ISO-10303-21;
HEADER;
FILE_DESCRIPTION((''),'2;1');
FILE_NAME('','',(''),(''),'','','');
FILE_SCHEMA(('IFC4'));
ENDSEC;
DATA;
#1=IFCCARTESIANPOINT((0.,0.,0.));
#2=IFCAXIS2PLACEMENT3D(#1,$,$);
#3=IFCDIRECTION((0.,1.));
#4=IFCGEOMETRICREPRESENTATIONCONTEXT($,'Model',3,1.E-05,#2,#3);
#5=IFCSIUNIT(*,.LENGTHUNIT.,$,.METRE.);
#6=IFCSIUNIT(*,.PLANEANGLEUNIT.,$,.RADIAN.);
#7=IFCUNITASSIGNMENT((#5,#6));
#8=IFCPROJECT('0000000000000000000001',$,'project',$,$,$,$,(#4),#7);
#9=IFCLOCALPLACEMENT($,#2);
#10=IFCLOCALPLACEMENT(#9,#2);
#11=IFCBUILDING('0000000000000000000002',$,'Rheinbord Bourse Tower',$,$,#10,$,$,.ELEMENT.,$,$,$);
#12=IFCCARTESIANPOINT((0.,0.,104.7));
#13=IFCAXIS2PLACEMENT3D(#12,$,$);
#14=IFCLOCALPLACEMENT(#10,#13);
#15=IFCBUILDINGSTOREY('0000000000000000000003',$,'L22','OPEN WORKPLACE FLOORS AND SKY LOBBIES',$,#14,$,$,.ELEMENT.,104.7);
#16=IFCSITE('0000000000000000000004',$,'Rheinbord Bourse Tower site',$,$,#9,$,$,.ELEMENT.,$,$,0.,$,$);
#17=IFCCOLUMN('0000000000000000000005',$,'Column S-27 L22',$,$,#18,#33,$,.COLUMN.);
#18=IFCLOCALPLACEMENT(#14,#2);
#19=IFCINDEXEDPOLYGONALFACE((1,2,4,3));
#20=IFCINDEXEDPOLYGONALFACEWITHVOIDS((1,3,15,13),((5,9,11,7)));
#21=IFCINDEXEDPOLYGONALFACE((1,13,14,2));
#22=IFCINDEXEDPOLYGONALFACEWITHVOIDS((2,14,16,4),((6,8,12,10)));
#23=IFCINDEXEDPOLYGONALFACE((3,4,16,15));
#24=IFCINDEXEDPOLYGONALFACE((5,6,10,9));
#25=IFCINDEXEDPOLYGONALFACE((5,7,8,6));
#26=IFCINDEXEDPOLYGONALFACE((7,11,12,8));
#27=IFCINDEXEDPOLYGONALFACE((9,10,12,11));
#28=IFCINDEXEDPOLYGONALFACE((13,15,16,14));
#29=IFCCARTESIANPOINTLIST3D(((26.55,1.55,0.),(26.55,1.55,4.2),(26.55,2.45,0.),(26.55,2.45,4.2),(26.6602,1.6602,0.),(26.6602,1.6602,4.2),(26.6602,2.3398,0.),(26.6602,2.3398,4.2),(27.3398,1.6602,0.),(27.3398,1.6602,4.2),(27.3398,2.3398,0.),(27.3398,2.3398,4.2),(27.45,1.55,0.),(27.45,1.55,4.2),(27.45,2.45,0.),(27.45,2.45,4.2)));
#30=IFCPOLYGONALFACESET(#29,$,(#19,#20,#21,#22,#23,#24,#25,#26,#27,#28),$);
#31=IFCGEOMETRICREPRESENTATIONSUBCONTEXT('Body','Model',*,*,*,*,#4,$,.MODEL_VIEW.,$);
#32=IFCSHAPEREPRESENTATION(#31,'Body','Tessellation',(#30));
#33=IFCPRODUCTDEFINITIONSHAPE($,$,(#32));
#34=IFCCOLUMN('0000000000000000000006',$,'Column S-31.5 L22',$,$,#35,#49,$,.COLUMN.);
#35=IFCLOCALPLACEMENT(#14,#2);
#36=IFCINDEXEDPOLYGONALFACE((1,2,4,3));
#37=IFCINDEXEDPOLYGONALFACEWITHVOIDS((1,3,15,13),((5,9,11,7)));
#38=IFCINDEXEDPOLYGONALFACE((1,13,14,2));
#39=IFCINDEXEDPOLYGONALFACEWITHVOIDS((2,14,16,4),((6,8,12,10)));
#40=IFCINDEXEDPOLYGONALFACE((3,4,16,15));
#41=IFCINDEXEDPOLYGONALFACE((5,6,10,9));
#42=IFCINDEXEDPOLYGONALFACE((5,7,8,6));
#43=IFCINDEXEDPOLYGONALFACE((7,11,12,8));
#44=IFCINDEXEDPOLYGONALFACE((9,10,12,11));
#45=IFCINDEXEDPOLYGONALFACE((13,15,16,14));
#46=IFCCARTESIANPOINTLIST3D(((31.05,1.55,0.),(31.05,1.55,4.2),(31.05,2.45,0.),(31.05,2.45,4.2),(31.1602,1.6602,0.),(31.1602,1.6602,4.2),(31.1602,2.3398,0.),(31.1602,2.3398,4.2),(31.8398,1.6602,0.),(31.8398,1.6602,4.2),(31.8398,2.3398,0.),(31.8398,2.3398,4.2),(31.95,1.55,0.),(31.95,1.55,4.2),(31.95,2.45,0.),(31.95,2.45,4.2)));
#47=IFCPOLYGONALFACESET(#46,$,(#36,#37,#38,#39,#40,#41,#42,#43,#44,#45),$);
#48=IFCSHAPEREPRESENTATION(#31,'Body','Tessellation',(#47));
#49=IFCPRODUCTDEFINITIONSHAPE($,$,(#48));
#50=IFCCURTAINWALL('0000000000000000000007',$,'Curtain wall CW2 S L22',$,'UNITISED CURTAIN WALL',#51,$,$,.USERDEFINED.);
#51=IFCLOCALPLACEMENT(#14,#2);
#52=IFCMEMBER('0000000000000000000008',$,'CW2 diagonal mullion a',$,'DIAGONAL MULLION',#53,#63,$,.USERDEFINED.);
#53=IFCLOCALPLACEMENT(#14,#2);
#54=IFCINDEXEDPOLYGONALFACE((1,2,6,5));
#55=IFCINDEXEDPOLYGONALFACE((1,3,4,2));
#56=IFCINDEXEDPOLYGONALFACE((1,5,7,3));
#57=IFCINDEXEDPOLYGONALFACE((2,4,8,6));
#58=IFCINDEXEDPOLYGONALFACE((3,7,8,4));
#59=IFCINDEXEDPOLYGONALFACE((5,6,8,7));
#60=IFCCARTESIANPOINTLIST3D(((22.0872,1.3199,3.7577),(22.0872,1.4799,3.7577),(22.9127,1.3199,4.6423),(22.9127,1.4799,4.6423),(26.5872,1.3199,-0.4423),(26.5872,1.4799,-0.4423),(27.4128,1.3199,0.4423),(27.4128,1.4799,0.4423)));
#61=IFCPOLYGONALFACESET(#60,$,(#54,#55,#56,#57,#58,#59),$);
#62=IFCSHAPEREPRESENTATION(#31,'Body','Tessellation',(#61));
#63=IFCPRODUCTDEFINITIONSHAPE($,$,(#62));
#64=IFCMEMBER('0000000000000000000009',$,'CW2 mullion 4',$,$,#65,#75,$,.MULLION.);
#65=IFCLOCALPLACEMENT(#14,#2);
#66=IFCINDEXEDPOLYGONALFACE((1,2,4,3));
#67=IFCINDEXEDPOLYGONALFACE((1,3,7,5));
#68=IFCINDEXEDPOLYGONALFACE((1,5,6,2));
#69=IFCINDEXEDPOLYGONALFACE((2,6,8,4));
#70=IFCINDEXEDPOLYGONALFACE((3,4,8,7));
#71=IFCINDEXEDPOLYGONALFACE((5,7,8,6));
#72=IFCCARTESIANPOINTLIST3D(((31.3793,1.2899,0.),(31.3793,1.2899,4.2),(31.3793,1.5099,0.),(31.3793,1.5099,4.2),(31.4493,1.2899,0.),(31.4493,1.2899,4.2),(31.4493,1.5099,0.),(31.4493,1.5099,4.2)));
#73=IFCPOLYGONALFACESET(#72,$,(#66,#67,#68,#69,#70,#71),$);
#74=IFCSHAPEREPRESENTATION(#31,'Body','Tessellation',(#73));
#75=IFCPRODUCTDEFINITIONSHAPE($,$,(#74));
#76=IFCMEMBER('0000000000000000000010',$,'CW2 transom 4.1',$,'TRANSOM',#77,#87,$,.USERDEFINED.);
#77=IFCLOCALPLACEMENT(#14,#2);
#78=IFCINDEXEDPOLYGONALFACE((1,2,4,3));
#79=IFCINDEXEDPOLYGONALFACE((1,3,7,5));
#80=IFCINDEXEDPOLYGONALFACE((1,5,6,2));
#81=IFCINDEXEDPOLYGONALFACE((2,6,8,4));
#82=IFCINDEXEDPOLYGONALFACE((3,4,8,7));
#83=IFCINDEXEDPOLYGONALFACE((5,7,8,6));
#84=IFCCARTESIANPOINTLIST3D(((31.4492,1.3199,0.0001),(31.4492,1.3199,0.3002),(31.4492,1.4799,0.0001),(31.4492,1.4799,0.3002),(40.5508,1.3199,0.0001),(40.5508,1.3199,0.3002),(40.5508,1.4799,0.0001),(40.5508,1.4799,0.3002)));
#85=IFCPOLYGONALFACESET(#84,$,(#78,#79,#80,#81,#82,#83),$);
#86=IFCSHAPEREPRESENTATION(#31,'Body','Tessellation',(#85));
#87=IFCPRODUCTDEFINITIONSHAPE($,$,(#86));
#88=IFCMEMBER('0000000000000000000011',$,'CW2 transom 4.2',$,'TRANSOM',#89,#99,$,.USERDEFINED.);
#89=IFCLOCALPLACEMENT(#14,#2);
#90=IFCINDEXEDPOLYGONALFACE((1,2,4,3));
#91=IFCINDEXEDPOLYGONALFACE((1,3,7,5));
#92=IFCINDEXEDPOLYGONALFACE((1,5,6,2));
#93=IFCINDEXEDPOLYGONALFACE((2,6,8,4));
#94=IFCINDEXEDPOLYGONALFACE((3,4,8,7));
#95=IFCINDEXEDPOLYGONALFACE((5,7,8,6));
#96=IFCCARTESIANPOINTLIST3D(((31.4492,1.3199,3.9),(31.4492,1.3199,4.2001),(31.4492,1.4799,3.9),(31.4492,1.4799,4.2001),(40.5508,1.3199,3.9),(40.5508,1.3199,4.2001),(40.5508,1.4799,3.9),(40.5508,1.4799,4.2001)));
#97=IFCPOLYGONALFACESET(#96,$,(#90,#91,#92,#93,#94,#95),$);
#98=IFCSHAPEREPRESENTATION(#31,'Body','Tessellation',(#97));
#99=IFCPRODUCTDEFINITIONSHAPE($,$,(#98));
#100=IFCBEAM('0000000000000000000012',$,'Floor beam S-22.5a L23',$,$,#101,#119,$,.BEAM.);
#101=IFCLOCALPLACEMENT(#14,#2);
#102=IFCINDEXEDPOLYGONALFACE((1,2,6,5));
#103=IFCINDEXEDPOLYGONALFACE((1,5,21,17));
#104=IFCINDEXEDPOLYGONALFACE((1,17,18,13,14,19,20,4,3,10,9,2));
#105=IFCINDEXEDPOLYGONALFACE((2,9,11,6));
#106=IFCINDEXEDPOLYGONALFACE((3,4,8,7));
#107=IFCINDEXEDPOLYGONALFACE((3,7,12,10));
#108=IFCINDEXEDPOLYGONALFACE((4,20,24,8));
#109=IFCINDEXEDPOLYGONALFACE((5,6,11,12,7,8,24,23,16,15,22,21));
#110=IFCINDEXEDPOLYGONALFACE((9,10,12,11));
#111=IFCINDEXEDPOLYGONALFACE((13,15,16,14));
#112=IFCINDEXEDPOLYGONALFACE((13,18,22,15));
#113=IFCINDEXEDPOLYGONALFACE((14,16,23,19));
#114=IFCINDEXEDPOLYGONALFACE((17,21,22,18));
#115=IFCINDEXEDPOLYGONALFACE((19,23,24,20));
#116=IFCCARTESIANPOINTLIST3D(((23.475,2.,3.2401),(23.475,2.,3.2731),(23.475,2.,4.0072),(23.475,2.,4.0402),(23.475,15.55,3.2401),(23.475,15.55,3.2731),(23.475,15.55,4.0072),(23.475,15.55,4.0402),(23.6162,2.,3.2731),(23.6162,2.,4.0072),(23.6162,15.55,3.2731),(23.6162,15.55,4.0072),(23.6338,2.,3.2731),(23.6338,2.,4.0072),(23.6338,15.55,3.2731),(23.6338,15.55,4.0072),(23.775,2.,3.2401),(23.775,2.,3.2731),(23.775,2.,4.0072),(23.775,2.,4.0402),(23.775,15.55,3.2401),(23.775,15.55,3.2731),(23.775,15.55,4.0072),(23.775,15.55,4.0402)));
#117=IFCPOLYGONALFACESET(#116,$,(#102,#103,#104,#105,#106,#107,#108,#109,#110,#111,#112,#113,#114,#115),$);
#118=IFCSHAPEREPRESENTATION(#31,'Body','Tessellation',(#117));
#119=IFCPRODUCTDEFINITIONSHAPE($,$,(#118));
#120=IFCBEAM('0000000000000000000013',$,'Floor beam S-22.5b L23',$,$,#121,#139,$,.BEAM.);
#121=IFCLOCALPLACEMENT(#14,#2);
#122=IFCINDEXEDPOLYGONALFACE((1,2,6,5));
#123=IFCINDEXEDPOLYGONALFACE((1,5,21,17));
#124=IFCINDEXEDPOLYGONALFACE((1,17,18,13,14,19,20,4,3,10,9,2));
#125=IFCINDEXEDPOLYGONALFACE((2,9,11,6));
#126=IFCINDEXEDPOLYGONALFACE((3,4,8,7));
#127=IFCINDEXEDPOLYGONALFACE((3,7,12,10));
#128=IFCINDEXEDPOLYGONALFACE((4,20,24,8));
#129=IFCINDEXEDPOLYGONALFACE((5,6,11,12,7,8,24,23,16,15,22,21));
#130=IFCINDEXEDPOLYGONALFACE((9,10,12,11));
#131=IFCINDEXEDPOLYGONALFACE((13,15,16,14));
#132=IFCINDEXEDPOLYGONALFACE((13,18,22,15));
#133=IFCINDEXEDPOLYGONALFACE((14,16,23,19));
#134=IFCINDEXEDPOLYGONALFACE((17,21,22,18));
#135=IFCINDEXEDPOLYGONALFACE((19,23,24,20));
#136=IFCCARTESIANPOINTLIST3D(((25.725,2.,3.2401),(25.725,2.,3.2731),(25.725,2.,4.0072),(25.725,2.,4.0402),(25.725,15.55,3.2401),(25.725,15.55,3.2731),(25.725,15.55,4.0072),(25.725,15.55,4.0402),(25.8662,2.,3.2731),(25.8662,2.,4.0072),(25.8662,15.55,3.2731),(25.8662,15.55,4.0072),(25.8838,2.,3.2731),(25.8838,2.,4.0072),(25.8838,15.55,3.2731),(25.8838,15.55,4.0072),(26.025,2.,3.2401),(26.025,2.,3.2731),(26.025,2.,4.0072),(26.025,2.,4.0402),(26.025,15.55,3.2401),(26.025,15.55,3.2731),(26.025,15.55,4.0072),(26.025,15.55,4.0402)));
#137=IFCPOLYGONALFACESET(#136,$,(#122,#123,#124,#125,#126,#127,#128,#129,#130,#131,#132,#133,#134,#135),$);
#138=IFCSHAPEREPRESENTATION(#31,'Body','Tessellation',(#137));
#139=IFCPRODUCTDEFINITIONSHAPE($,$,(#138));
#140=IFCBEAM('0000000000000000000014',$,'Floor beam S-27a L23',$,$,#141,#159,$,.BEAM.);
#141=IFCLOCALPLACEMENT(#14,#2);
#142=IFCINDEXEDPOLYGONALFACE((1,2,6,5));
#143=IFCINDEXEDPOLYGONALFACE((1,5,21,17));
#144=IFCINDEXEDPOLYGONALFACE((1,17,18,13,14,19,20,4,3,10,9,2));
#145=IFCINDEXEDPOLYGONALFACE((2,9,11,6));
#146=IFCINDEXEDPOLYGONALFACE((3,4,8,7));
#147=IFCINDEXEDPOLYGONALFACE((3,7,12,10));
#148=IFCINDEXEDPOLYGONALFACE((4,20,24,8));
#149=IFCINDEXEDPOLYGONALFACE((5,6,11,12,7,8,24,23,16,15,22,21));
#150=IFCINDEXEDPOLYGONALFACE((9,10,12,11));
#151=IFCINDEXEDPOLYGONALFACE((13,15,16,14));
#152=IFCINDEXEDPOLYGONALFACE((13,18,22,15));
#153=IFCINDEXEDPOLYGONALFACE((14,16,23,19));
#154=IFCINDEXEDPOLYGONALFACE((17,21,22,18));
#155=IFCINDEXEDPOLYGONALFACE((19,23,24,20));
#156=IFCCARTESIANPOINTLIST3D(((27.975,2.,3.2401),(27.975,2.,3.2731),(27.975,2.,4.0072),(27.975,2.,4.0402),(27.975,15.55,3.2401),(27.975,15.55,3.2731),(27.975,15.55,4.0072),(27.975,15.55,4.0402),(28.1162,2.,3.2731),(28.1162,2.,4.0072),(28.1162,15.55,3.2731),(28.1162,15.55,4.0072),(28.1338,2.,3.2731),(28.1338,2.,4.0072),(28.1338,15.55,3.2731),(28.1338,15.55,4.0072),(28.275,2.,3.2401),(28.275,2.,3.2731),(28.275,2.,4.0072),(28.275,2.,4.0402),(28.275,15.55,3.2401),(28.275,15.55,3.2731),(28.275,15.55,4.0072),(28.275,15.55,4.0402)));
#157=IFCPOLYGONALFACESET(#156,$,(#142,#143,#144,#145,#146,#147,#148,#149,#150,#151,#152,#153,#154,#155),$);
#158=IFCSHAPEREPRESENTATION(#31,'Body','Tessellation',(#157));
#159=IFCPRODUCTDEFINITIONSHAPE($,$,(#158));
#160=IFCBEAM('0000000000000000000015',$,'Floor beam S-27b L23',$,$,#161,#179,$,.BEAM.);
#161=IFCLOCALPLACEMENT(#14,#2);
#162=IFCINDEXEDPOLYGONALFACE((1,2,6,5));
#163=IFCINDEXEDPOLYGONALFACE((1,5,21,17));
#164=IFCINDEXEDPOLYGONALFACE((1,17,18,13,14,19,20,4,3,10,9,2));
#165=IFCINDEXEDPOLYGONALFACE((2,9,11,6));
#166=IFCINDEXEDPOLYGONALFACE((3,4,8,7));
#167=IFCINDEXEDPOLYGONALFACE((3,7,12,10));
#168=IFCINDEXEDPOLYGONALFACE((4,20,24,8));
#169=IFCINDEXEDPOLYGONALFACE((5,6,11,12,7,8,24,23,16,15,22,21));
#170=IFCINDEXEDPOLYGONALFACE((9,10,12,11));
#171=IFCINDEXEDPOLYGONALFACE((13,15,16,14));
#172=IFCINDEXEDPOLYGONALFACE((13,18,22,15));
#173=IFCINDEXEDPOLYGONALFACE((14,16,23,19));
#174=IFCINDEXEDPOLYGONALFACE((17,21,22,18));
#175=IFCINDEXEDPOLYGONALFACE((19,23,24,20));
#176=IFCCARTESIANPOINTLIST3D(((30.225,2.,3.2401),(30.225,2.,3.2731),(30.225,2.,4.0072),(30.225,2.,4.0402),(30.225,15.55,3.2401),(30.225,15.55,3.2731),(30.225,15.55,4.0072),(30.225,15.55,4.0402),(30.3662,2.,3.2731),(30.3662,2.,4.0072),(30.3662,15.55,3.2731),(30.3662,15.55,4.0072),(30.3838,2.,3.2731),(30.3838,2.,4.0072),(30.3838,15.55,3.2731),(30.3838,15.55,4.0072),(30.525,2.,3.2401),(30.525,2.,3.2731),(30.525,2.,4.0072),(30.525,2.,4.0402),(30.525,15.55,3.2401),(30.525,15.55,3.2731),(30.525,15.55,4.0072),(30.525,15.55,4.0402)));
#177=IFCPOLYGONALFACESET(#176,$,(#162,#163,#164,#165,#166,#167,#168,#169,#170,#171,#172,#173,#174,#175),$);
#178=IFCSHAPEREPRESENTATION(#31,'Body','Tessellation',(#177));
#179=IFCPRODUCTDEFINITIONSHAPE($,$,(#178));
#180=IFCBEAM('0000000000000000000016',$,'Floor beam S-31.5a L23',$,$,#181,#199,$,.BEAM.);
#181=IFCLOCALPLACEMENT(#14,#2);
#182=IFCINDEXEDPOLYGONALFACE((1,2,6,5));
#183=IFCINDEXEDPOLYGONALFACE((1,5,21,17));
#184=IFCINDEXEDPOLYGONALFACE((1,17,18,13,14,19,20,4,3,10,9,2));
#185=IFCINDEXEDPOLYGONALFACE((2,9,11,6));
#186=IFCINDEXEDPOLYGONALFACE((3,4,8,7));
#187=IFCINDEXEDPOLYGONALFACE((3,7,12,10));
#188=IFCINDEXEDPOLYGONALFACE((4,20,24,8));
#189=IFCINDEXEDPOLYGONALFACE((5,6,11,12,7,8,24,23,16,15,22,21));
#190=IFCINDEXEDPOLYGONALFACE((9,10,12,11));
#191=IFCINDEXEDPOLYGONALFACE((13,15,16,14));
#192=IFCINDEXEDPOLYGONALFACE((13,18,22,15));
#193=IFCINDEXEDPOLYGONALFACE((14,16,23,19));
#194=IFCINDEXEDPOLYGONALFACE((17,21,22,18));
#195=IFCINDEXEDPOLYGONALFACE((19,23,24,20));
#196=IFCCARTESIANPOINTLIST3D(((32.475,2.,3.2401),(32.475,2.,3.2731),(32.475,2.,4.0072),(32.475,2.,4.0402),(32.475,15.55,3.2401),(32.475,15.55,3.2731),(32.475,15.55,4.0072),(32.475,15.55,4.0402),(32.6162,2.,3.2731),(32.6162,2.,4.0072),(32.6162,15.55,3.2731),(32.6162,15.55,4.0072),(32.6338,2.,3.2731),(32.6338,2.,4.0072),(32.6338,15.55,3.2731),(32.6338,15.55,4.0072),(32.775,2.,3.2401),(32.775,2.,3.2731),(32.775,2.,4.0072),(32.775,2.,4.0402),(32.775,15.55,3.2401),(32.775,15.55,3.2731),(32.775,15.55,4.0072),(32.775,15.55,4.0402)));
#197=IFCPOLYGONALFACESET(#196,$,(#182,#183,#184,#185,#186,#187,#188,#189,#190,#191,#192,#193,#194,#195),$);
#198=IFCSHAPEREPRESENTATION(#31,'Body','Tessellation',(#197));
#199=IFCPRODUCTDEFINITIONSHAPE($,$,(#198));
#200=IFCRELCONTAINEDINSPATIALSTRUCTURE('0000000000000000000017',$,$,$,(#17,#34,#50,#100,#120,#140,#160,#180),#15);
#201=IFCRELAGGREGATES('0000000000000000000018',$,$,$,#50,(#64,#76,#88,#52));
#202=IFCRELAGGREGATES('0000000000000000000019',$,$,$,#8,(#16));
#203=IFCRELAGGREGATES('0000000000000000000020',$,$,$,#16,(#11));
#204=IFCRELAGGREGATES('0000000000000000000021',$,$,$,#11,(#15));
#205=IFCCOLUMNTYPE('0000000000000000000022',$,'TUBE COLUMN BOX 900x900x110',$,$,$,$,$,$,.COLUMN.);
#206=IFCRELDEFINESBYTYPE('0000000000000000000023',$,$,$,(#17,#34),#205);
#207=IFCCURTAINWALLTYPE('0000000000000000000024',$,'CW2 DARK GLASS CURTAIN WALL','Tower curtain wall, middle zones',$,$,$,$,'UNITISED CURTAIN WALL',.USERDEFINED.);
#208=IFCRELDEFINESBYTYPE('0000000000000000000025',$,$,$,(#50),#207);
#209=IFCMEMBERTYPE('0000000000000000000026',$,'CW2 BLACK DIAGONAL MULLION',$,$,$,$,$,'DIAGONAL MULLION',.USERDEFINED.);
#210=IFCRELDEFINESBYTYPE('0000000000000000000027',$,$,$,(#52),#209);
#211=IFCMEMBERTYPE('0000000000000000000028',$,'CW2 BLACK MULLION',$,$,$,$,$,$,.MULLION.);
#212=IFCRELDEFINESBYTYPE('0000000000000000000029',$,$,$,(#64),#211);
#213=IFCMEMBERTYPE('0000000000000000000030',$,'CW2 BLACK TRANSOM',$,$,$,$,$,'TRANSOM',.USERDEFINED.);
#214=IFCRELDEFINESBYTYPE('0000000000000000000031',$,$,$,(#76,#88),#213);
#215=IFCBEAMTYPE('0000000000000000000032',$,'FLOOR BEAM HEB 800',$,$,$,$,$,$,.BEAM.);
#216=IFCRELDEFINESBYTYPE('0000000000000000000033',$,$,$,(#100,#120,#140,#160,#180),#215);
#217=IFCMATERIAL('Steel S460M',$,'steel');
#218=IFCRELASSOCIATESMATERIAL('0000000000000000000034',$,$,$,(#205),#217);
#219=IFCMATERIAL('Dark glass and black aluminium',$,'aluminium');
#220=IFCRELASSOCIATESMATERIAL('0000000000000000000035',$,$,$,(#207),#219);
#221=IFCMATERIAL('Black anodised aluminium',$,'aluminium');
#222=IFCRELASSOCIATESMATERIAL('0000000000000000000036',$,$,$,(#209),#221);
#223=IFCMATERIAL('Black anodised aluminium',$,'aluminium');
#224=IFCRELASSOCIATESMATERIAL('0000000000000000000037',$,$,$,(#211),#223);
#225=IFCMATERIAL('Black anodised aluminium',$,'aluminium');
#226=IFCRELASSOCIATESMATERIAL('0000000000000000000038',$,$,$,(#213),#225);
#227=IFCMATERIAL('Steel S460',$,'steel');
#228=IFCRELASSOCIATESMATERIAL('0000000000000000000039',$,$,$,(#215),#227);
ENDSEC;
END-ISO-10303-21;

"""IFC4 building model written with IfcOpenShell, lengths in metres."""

from ifc_helpers import new_model, si_unit, direction, frame, origin, origin_2d, place, context, subcontext, project, spatial, rectangle, hollow_rectangle, i_section, extrude, material, material_profile, profile_set, type_object, element, aggregate, save


model = new_model("IFC4")

# Units and contexts
model_context = context("Model", 3, precision=1e-05, world=origin(), true_north=direction((0.0, 1.0)))
body_context = subcontext(model_context, "Body", "Model", "MODEL_VIEW")
ifc_project = project(units=[si_unit("LENGTHUNIT", "METRE"), si_unit("PLANEANGLEUNIT", "RADIAN")], contexts=[model_context])

# Site, building, storey
site_placement = place(None, origin())
site = spatial("IfcSite", under=ifc_project, at=site_placement, Name="Rheinbord Bourse Tower site", CompositionType="ELEMENT", RefElevation=0.0)
building_placement = place(site_placement, origin())
building = spatial("IfcBuilding", under=site, at=building_placement, Name="Rheinbord Bourse Tower", CompositionType="ELEMENT")
storey_placement = place(building_placement, frame((0.0, 0.0, 104.7)))
storey = spatial("IfcBuildingStorey", under=building, at=storey_placement, Name="L22", Description="OPEN WORKPLACE FLOORS AND SKY LOBBIES", CompositionType="ELEMENT", Elevation=104.7)

# Columns
ifc_material_1 = material(Name="Steel S460M", Category="steel")
ifc_material_profile_1 = material_profile(ifc_material_1, hollow_rectangle(XDim=0.8999, YDim=0.8999, WallThickness=0.1101, at=origin_2d()), Name="BOX 900x900x110")
ifc_profile_set_1 = profile_set([ifc_material_profile_1], Name="Steel S460M")
column_type = type_object("IfcColumnType", Name="TUBE COLUMN BOX 900x900x110", PredefinedType="COLUMN", material=ifc_profile_set_1)
for number, where, z_axis, x_axis, name in (
    (1, (27.0, 2.0, 0.0), (0.0, 0.0, 1.0), (0.0, 1.0, 0.0), "Column S-27 L22"),
    (2, (31.5, 2.0, 0.0), (0.0, 0.0, 1.0), (0.0, 1.0, 0.0), "Column S-31.5 L22"),
):
    element("IfcColumn", number, at=place(storey_placement, frame(where, z_axis=z_axis, x_axis=x_axis)), inside=storey, type_object=column_type, Name=name, PredefinedType="COLUMN", context=body_context, shape_type="SweptSolid", body=[
        extrude(hollow_rectangle(XDim=0.8999, YDim=0.8999, WallThickness=0.1101, at=origin_2d()), origin(), (0.0, 0.0, 1.0), 4.2),
    ])

# Curtain wall, members
ifc_material_2 = material(Name="Dark glass and black aluminium", Category="aluminium")
curtain_wall_type = type_object("IfcCurtainWallType", Name="CW2 DARK GLASS CURTAIN WALL", Description="Tower curtain wall, middle zones", ElementType="UNITISED CURTAIN WALL", PredefinedType="USERDEFINED", material=ifc_material_2)
curtain_wall_placement = place(storey_placement, origin())
curtain_wall = element("IfcCurtainWall", 3, at=curtain_wall_placement, inside=storey, type_object=curtain_wall_type, Name="Curtain wall CW2 S L22", ObjectType="UNITISED CURTAIN WALL", PredefinedType="USERDEFINED")
ifc_material_3 = material(Name="Black anodised aluminium", Category="aluminium")
ifc_material_profile_2 = material_profile(ifc_material_3, rectangle(XDim=0.1599, YDim=1.21, at=origin_2d()), Name="CW2 DIAGONAL MULLION 1210x160")
ifc_profile_set_2 = profile_set([ifc_material_profile_2], Name="Black anodised aluminium")
member_type_1 = type_object("IfcMemberType", Name="CW2 BLACK DIAGONAL MULLION", ElementType="DIAGONAL MULLION", PredefinedType="USERDEFINED", material=ifc_profile_set_2)
member_1_placement = place(storey_placement, frame((27.0, 1.3999, 0.0), z_axis=(-0.731059, 0.0, 0.682314), x_axis=(0.0, -1.0, 0.0)))
member_1 = element("IfcMember", 4, at=member_1_placement, type_object=member_type_1, Name="CW2 diagonal mullion a", ObjectType="DIAGONAL MULLION", PredefinedType="USERDEFINED", context=body_context, shape_type="SweptSolid", body=[
    extrude(rectangle(XDim=0.1599, YDim=1.21, at=origin_2d()), origin(), (0.0, 0.0, 1.0), 6.1555),
])
ifc_material_4 = material(Name="Black anodised aluminium", Category="aluminium")
ifc_material_profile_3 = material_profile(ifc_material_4, rectangle(XDim=0.22, YDim=0.0701, at=origin_2d()), Name="CW2 MULLION 70x220")
ifc_profile_set_3 = profile_set([ifc_material_profile_3], Name="Black anodised aluminium")
member_type_2 = type_object("IfcMemberType", Name="CW2 BLACK MULLION", PredefinedType="MULLION", material=ifc_profile_set_3)
member_2_placement = place(storey_placement, frame((31.4143, 1.3999, 0.0), z_axis=(0.0, 0.0, 1.0), x_axis=(0.0, 1.0, 0.0)))
member_2 = element("IfcMember", 5, at=member_2_placement, type_object=member_type_2, Name="CW2 mullion 4", PredefinedType="MULLION", context=body_context, shape_type="SweptSolid", body=[
    extrude(rectangle(XDim=0.22, YDim=0.0701, at=origin_2d()), origin(), (0.0, 0.0, 1.0), 4.2),
])
ifc_material_5 = material(Name="Black anodised aluminium", Category="aluminium")
ifc_material_profile_4 = material_profile(ifc_material_5, rectangle(XDim=0.1599, YDim=0.3, at=origin_2d()), Name="CW2 TRANSOM 300x160")
ifc_profile_set_4 = profile_set([ifc_material_profile_4], Name="Black anodised aluminium")
member_type_3 = type_object("IfcMemberType", Name="CW2 BLACK TRANSOM", ElementType="TRANSOM", PredefinedType="USERDEFINED", material=ifc_profile_set_4)
member_3_placement = place(storey_placement, frame((31.4492, 1.3999, 0.1501), z_axis=(1.0, 0.0, 0.0), x_axis=(0.0, 1.0, 0.0)))
member_3 = element("IfcMember", 6, at=member_3_placement, type_object=member_type_3, Name="CW2 transom 4.1", ObjectType="TRANSOM", PredefinedType="USERDEFINED", context=body_context, shape_type="SweptSolid", body=[
    extrude(rectangle(XDim=0.1599, YDim=0.3, at=origin_2d()), origin(), (0.0, 0.0, 1.0), 9.1016),
])
member_4_placement = place(storey_placement, frame((31.4492, 1.3999, 4.05), z_axis=(1.0, 0.0, 0.0), x_axis=(0.0, 1.0, 0.0)))
member_4 = element("IfcMember", 7, at=member_4_placement, type_object=member_type_3, Name="CW2 transom 4.2", ObjectType="TRANSOM", PredefinedType="USERDEFINED", context=body_context, shape_type="SweptSolid", body=[
    extrude(rectangle(XDim=0.1599, YDim=0.3, at=origin_2d()), origin(), (0.0, 0.0, 1.0), 9.1016),
])

# Beams
ifc_material_6 = material(Name="Steel S460", Category="steel")
ifc_material_profile_5 = material_profile(ifc_material_6, i_section(OverallWidth=0.3, OverallDepth=0.8, WebThickness=0.0176, FlangeThickness=0.033, at=origin_2d()), Name="HEB 800")
ifc_profile_set_5 = profile_set([ifc_material_profile_5], Name="Steel S460")
beam_type_1 = type_object("IfcBeamType", Name="FLOOR BEAM HEB 800", PredefinedType="BEAM", material=ifc_profile_set_5)
for number, where, z_axis, x_axis, name in (
    (8, (23.625, 2.0, 3.6401), (0.0, 1.0, 0.0), (-1.0, 0.0, 0.0), "Floor beam S-22.5a L23"),
    (9, (25.875, 2.0, 3.6401), (0.0, 1.0, 0.0), (-1.0, 0.0, 0.0), "Floor beam S-22.5b L23"),
    (10, (28.125, 2.0, 3.6401), (0.0, 1.0, 0.0), (-1.0, 0.0, 0.0), "Floor beam S-27a L23"),
    (11, (30.375, 2.0, 3.6401), (0.0, 1.0, 0.0), (-1.0, 0.0, 0.0), "Floor beam S-27b L23"),
    (12, (32.625, 2.0, 3.6401), (0.0, 1.0, 0.0), (-1.0, 0.0, 0.0), "Floor beam S-31.5a L23"),
):
    element("IfcBeam", number, at=place(storey_placement, frame(where, z_axis=z_axis, x_axis=x_axis)), inside=storey, type_object=beam_type_1, Name=name, PredefinedType="BEAM", context=body_context, shape_type="SweptSolid", body=[
        extrude(i_section(OverallWidth=0.3, OverallDepth=0.8, WebThickness=0.0176, FlangeThickness=0.033, at=origin_2d()), origin(), (0.0, 0.0, 1.0), 13.55),
    ])

aggregate(curtain_wall, [member_2, member_3, member_4, member_1])

save(model, "model.ifc")
